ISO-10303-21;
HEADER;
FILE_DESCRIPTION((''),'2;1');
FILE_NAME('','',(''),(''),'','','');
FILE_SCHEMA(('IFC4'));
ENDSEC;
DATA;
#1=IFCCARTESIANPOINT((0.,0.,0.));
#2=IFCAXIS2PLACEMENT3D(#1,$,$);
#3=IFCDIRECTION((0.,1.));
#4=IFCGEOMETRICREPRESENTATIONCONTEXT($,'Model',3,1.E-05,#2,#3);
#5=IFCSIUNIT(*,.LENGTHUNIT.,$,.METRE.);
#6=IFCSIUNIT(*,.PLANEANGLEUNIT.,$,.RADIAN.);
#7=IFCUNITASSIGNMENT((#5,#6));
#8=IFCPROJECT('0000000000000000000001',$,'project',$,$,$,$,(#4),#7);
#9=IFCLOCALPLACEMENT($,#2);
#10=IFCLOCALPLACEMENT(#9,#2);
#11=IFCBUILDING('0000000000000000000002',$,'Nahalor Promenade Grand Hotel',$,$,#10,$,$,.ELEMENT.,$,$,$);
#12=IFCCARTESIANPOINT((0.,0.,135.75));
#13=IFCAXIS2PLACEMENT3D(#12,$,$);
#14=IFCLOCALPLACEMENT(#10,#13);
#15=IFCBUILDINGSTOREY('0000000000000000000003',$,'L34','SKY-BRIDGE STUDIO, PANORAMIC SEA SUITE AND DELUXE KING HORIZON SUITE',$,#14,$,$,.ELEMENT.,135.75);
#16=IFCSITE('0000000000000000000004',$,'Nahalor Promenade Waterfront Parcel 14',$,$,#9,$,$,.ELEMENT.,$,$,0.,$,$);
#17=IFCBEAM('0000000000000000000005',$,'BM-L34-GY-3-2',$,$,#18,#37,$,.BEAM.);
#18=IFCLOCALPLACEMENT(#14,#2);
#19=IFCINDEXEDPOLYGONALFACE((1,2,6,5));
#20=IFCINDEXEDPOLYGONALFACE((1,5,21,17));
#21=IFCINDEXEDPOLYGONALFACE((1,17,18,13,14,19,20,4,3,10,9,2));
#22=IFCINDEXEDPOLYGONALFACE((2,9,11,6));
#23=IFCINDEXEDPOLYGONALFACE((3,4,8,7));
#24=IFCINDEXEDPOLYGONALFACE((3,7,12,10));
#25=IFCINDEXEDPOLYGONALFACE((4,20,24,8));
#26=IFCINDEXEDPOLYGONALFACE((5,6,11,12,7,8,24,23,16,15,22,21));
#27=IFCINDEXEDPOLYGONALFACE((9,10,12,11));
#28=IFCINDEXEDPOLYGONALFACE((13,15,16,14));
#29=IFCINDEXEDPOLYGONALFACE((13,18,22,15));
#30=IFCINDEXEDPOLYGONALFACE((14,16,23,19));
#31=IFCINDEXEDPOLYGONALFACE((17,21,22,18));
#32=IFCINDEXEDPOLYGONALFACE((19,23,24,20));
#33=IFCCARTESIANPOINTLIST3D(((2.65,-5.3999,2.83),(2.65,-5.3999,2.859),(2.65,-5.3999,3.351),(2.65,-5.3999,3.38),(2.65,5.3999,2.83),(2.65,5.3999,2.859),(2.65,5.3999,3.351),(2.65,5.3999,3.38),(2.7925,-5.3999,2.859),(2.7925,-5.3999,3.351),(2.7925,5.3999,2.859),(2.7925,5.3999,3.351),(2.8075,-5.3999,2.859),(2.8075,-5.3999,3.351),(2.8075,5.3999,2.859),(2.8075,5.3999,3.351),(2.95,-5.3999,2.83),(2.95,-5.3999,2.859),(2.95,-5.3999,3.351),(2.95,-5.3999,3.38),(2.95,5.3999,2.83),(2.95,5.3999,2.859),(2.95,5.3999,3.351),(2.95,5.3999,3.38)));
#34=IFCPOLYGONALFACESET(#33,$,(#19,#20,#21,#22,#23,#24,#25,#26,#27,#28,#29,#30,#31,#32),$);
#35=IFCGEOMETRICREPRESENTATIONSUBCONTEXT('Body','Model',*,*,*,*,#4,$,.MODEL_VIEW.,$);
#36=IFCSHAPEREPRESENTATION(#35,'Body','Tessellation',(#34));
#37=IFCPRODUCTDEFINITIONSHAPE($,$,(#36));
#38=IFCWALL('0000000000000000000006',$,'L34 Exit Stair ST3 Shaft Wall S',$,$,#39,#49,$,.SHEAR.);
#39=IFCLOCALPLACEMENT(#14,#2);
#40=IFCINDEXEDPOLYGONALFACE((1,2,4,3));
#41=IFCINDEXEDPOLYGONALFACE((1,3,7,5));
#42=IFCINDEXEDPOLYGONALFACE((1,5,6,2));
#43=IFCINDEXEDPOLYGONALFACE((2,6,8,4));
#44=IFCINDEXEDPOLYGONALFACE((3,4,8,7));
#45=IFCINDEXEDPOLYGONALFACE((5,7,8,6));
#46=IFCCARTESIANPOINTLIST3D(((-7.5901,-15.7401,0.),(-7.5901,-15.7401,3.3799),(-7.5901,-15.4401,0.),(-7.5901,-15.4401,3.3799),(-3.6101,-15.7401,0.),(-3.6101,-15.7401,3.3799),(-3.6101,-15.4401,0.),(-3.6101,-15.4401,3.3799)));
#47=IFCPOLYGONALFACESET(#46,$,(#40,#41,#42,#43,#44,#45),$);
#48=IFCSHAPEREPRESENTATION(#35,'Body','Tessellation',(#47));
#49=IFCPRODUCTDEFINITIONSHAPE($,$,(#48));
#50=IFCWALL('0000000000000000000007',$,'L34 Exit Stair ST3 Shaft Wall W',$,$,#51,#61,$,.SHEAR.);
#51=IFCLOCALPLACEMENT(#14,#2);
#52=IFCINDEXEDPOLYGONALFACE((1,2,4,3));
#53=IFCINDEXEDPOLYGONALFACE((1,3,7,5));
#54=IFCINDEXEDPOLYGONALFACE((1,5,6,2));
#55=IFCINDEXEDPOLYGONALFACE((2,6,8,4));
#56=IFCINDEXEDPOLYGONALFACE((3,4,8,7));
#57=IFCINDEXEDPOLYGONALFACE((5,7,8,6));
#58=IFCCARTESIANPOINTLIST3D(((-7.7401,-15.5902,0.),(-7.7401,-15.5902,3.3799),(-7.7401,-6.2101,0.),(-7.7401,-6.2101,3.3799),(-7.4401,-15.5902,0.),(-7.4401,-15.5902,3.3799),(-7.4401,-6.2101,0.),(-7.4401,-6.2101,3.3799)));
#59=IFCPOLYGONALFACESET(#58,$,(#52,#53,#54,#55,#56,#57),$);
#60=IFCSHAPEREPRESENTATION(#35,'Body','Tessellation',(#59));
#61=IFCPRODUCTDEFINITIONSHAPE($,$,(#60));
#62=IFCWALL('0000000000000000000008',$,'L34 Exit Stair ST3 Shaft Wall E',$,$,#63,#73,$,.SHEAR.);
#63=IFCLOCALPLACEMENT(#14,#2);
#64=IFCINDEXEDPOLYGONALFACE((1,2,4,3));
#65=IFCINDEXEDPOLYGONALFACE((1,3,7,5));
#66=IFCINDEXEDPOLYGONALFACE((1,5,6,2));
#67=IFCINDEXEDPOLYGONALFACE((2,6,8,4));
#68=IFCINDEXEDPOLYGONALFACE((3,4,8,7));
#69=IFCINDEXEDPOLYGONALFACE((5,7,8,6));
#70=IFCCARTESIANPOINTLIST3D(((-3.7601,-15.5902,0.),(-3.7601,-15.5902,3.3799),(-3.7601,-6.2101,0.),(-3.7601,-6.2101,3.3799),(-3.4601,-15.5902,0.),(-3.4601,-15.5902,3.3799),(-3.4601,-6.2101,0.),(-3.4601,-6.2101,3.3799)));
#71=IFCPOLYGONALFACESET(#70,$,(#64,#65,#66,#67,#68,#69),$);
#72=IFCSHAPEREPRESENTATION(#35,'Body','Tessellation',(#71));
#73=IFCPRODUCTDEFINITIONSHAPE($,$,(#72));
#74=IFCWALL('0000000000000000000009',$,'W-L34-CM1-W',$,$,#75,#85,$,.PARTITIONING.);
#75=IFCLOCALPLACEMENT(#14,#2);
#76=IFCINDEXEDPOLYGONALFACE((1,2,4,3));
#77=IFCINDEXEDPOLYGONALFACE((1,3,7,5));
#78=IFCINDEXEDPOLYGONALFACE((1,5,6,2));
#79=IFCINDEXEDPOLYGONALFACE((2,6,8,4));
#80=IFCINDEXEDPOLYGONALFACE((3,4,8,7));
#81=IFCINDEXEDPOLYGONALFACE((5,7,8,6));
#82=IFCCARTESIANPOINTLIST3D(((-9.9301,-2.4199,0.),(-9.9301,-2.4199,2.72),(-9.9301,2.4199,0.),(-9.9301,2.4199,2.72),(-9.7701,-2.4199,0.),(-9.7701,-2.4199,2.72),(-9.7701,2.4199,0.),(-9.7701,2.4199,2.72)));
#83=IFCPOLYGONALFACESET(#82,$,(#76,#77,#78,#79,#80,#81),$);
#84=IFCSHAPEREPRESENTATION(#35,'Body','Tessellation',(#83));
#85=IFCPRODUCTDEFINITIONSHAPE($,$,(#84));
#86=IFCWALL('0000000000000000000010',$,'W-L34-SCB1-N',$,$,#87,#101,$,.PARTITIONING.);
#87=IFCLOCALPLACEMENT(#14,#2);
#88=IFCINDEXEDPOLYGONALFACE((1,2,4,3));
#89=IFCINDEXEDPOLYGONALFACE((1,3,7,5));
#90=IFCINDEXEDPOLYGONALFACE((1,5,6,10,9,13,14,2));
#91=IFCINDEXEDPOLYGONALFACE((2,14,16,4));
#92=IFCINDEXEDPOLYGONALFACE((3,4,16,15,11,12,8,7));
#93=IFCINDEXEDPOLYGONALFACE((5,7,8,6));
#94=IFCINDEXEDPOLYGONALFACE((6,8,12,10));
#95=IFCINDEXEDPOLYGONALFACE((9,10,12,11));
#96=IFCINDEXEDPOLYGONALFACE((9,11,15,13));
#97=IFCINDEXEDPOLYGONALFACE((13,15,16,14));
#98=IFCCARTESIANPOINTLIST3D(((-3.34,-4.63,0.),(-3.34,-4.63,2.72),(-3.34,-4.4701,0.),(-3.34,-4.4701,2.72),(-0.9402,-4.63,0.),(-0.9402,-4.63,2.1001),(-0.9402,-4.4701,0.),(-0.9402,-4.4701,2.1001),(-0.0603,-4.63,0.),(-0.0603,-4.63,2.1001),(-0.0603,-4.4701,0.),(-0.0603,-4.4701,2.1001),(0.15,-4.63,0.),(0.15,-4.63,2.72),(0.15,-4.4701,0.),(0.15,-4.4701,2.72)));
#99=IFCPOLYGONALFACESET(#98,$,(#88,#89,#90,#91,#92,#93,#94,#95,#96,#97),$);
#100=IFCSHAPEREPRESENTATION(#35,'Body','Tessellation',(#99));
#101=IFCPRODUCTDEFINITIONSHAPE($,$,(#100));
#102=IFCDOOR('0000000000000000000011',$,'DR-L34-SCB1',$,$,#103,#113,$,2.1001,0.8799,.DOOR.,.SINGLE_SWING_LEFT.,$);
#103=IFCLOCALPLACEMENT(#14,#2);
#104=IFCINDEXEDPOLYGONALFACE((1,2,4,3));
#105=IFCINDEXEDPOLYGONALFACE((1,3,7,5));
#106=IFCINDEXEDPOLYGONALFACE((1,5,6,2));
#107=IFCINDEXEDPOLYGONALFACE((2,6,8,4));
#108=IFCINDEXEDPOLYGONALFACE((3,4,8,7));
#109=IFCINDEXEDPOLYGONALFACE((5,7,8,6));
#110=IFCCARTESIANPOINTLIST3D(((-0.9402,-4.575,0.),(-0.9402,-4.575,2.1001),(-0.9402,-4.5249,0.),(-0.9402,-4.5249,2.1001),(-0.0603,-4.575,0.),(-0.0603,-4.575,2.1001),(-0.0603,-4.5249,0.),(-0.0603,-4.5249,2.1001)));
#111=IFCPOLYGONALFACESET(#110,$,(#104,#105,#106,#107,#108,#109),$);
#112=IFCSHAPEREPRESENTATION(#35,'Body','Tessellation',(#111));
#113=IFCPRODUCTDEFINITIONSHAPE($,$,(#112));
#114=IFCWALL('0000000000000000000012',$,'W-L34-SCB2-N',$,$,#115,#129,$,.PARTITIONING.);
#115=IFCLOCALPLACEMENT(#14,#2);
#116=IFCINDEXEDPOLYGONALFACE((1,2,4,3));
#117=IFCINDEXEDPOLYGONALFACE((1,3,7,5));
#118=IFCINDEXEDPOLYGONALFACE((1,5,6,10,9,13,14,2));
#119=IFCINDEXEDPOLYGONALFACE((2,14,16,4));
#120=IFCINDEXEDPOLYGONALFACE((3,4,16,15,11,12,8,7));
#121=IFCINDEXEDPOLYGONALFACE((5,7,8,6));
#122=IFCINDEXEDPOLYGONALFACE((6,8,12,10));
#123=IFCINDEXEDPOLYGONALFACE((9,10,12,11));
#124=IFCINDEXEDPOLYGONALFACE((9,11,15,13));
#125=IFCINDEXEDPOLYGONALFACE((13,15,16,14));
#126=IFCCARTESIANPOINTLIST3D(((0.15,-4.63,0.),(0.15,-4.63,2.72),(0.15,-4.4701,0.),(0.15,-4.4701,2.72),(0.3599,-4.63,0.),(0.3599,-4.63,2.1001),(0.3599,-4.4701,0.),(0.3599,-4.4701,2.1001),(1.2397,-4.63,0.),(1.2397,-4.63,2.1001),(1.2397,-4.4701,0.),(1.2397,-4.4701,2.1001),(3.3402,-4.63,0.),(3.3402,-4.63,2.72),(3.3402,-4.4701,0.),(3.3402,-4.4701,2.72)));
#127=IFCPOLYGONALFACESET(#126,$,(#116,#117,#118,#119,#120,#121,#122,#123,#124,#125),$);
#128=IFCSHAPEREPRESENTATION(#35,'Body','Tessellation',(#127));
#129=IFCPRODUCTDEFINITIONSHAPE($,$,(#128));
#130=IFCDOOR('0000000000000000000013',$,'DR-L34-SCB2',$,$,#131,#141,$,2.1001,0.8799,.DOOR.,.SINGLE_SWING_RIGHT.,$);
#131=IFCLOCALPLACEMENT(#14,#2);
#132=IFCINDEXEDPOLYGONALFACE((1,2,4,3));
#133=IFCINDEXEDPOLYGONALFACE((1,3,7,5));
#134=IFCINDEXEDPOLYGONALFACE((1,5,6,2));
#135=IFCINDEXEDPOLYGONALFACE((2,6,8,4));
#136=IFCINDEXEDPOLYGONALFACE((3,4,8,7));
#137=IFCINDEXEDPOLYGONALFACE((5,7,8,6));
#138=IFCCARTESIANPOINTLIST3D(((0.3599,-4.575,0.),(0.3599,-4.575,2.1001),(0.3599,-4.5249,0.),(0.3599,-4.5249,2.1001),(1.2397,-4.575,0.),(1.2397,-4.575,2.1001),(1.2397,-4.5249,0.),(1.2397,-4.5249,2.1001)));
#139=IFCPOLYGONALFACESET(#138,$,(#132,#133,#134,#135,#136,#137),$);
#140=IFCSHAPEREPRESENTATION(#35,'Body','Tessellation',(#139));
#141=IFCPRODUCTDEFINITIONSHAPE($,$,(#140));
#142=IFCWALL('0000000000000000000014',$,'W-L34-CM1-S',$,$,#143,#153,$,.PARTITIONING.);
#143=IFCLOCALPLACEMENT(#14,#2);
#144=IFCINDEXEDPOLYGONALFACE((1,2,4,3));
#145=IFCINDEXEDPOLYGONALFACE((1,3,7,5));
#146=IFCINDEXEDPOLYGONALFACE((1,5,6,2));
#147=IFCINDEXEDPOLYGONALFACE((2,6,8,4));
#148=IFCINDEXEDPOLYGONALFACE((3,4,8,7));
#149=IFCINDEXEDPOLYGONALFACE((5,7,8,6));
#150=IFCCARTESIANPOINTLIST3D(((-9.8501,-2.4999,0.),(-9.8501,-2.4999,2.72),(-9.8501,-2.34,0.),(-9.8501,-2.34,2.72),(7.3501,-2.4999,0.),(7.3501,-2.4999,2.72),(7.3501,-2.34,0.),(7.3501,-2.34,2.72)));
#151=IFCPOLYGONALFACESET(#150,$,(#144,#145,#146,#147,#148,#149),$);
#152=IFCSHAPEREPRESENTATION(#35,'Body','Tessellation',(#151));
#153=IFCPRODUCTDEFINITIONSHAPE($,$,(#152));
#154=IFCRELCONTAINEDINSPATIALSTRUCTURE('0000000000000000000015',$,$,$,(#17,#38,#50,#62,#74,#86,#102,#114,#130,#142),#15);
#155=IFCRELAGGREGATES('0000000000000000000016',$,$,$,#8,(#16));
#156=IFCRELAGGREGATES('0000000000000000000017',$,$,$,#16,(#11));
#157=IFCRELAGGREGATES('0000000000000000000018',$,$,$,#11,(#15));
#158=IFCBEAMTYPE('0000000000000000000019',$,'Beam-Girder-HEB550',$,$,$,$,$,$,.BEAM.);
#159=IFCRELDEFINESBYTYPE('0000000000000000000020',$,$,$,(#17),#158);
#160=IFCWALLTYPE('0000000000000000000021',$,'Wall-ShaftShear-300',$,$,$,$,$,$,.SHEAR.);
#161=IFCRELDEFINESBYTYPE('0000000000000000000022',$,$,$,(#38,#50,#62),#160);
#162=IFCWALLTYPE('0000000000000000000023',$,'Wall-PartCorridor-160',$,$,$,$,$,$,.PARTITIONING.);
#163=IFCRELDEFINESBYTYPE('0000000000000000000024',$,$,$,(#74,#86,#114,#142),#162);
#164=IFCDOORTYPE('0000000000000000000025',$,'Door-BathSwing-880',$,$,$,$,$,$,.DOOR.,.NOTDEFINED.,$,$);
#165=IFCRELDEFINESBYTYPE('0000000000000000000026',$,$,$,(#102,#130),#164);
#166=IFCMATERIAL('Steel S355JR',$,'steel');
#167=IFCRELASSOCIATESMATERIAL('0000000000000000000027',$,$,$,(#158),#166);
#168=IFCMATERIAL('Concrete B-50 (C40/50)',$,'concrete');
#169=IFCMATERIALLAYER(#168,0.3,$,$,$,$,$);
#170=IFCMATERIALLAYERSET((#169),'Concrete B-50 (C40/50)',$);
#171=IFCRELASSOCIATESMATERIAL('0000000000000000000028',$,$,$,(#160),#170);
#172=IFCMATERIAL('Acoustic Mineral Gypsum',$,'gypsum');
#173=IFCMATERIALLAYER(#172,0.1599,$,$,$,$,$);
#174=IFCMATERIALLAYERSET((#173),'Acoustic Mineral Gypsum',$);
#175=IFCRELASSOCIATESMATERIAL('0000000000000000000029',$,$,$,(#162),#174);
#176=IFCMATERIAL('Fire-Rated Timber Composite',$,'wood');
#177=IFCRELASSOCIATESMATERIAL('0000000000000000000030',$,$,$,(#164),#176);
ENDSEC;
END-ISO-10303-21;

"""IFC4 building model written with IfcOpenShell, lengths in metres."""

from ifc_helpers import new_model, si_unit, direction, frame, frame_2d, origin, origin_2d, place, context, subcontext, project, spatial, rectangle, i_section, extrude, source, transform, mapped, material, layer, layer_set, material_profile, profile_set, type_object, element, fill, save


model = new_model("IFC4")

# Units and contexts
model_context = context("Model", 3, precision=1e-05, world=origin(), true_north=direction((0.0, 1.0)))
body_context = subcontext(model_context, "Body", "Model", "MODEL_VIEW")
ifc_project = project(units=[si_unit("LENGTHUNIT", "METRE"), si_unit("PLANEANGLEUNIT", "RADIAN")], contexts=[model_context])

# Site, building, storey
site_placement = place(None, origin())
site = spatial("IfcSite", under=ifc_project, at=site_placement, Name="Nahalor Promenade Waterfront Parcel 14", CompositionType="ELEMENT", RefElevation=0.0)
building_placement = place(site_placement, origin())
building = spatial("IfcBuilding", under=site, at=building_placement, Name="Nahalor Promenade Grand Hotel", CompositionType="ELEMENT")
storey_placement = place(building_placement, frame((0.0, 0.0, 135.75)))
storey = spatial("IfcBuildingStorey", under=building, at=storey_placement, Name="L34", Description="SKY-BRIDGE STUDIO, PANORAMIC SEA SUITE AND DELUXE KING HORIZON SUITE", CompositionType="ELEMENT", Elevation=135.75)

# Beam
ifc_material_1 = material(Name="Steel S355JR", Category="steel")
ifc_material_profile_1 = material_profile(ifc_material_1, i_section(OverallWidth=0.3, OverallDepth=0.55, WebThickness=0.015, FlangeThickness=0.029, at=origin_2d()), Name="HEB 550")
ifc_profile_set_1 = profile_set([ifc_material_profile_1], Name="Steel S355JR")
beam_type = type_object("IfcBeamType", Name="Beam-Girder-HEB550", PredefinedType="BEAM", material=ifc_profile_set_1)
shared_shape_1 = source(origin(), body_context, "Body", "SweptSolid", [
    extrude(i_section(OverallWidth=0.3, OverallDepth=0.55, WebThickness=0.015, FlangeThickness=0.029, at=origin_2d()), origin(), (0.0, 0.0, 1.0), 10.7998),
])
for number, where, z_axis, x_axis, name in (
    (1, (2.8, -5.3999, 3.105), (0.0, 1.0, 0.0), (-1.0, 0.0, 0.0), "BM-L34-GY-3-2"),
):
    element("IfcBeam", number, at=place(storey_placement, frame(where, z_axis=z_axis, x_axis=x_axis)), inside=storey, type_object=beam_type, Name=name, PredefinedType="BEAM", context=body_context, shape_type="MappedRepresentation", body=[
        mapped(shared_shape_1, transform((0.0, 0.0, 0.0), scale=1.0)),
    ])

# Wall
ifc_material_2 = material(Name="Concrete B-50 (C40/50)", Category="concrete")
ifc_layer_1 = layer(ifc_material_2, 0.3)
ifc_layer_set_1 = layer_set([ifc_layer_1], Name="Concrete B-50 (C40/50)")
wall_type_1 = type_object("IfcWallType", Name="Wall-ShaftShear-300", PredefinedType="SHEAR", material=ifc_layer_set_1)
shared_shape_2 = source(origin(), body_context, "Body", "SweptSolid", [
    extrude(rectangle(XDim=3.98, YDim=0.3, at=frame_2d((1.99, 0.0))), origin(), (0.0, 0.0, 1.0), 3.3799),
])
wall_1_placement = place(storey_placement, frame((-7.5901, -15.5901, 0.0), z_axis=(0.0, 0.0, 1.0), x_axis=(1.0, 0.0, 0.0)))
element("IfcWall", 2, at=wall_1_placement, inside=storey, type_object=wall_type_1, Name="L34 Exit Stair ST3 Shaft Wall S", PredefinedType="SHEAR", context=body_context, shape_type="MappedRepresentation", body=[
    mapped(shared_shape_2, transform((0.0, 0.0, 0.0), scale=1.0)),
])

# Walls
shared_shape_3 = source(origin(), body_context, "Body", "SweptSolid", [
    extrude(rectangle(XDim=9.3801, YDim=0.3, at=frame_2d((4.6899, 0.0))), origin(), (0.0, 0.0, 1.0), 3.3799),
])
for number, where, z_axis, x_axis, name in (
    (3, (-7.5901, -15.5901, 0.0), (0.0, 0.0, 1.0), (0.0, 1.0, 0.0), "L34 Exit Stair ST3 Shaft Wall W"),
    (4, (-3.6101, -15.5901, 0.0), (0.0, 0.0, 1.0), (0.0, 1.0, 0.0), "L34 Exit Stair ST3 Shaft Wall E"),
):
    element("IfcWall", number, at=place(storey_placement, frame(where, z_axis=z_axis, x_axis=x_axis)), inside=storey, type_object=wall_type_1, Name=name, PredefinedType="SHEAR", context=body_context, shape_type="MappedRepresentation", body=[
        mapped(shared_shape_3, transform((0.0, 0.0, 0.0), scale=1.0)),
    ])
ifc_material_3 = material(Name="Acoustic Mineral Gypsum", Category="gypsum")
ifc_layer_2 = layer(ifc_material_3, 0.1599)
ifc_layer_set_2 = layer_set([ifc_layer_2], Name="Acoustic Mineral Gypsum")
wall_type_2 = type_object("IfcWallType", Name="Wall-PartCorridor-160", PredefinedType="PARTITIONING", material=ifc_layer_set_2)
shared_shape_4 = source(origin(), body_context, "Body", "SweptSolid", [
    extrude(rectangle(XDim=4.8398, YDim=0.1599, at=frame_2d((2.4199, 0.0))), origin(), (0.0, 0.0, 1.0), 2.72),
])
wall_2_placement = place(storey_placement, frame((-9.8501, -2.4199, 0.0), z_axis=(0.0, 0.0, 1.0), x_axis=(0.0, 1.0, 0.0)))
element("IfcWall", 5, at=wall_2_placement, inside=storey, type_object=wall_type_2, Name="W-L34-CM1-W", PredefinedType="PARTITIONING", context=body_context, shape_type="MappedRepresentation", body=[
    mapped(shared_shape_4, transform((0.0, 0.0, 0.0), scale=1.0)),
])

# Walls, openings, doors
shared_shape_5 = source(origin(), body_context, "Body", "SweptSolid", [
    extrude(rectangle(XDim=3.49, YDim=0.1599, at=frame_2d((1.7451, 0.0))), origin(), (0.0, 0.0, 1.0), 2.72),
])
wall_3_placement = place(storey_placement, frame((-3.3401, -4.55, 0.0), z_axis=(0.0, 0.0, 1.0), x_axis=(1.0, 0.0, 0.0)))
wall_3 = element("IfcWall", 6, at=wall_3_placement, inside=storey, type_object=wall_type_2, Name="W-L34-SCB1-N", PredefinedType="PARTITIONING", context=body_context, shape_type="MappedRepresentation", body=[
    mapped(shared_shape_5, transform((0.0, 0.0, 0.0), scale=1.0)),
])
opening_1_placement = place(wall_3_placement, frame((2.3999, 0.0, 0.0)))
opening_1 = element("IfcOpeningElement", 7, at=opening_1_placement, cuts=wall_3, PredefinedType="OPENING", context=body_context, shape_type="SweptSolid", body=[
    extrude(rectangle(XDim=0.8799, YDim=2.1001, at=frame_2d((0.4399, 1.05))), frame((0.0, 0.0898, 0.0), z_axis=(0.0, -1.0, 0.0), x_axis=(1.0, 0.0, 0.0)), (0.0, 0.0, 1.0), 0.1799),
])
ifc_material_4 = material(Name="Fire-Rated Timber Composite", Category="wood")
door_type_1 = type_object("IfcDoorType", Name="Door-BathSwing-880", OperationType="NOTDEFINED", PredefinedType="DOOR", material=ifc_material_4)
shared_shape_6 = source(origin(), body_context, "Body", "SweptSolid", [
    extrude(rectangle(XDim=0.8799, YDim=2.1001, at=frame_2d((0.4399, 1.05))), frame((0.0, 0.0249, 0.0), z_axis=(0.0, -1.0, 0.0), x_axis=(1.0, 0.0, 0.0)), (0.0, 0.0, 1.0), 0.05),
])
door_1_placement = place(opening_1_placement, frame((0.8799, 0.0, 0.0), z_axis=(0.0, 0.0, 1.0), x_axis=(-1.0, 0.0, 0.0)))
door_1 = element("IfcDoor", 8, at=door_1_placement, inside=storey, type_object=door_type_1, Name="DR-L34-SCB1", OperationType="SINGLE_SWING_LEFT", OverallHeight=2.1001, OverallWidth=0.8799, PredefinedType="DOOR", context=body_context, shape_type="MappedRepresentation", body=[
    mapped(shared_shape_6, transform((0.0, 0.0, 0.0), scale=1.0)),
])
fill(opening_1, door_1)
shared_shape_7 = source(origin(), body_context, "Body", "SweptSolid", [
    extrude(rectangle(XDim=3.1902, YDim=0.1599, at=frame_2d((1.5952, 0.0))), origin(), (0.0, 0.0, 1.0), 2.72),
])
wall_4_placement = place(storey_placement, frame((0.1499, -4.55, 0.0), z_axis=(0.0, 0.0, 1.0), x_axis=(1.0, 0.0, 0.0)))
wall_4 = element("IfcWall", 9, at=wall_4_placement, inside=storey, type_object=wall_type_2, Name="W-L34-SCB2-N", PredefinedType="PARTITIONING", context=body_context, shape_type="MappedRepresentation", body=[
    mapped(shared_shape_7, transform((0.0, 0.0, 0.0), scale=1.0)),
])
opening_2_placement = place(wall_4_placement, frame((0.21, 0.0, 0.0)))
opening_2 = element("IfcOpeningElement", 10, at=opening_2_placement, cuts=wall_4, PredefinedType="OPENING", context=body_context, shape_type="SweptSolid", body=[
    extrude(rectangle(XDim=0.8799, YDim=2.1001, at=frame_2d((0.4399, 1.05))), frame((0.0, 0.0898, 0.0), z_axis=(0.0, -1.0, 0.0), x_axis=(1.0, 0.0, 0.0)), (0.0, 0.0, 1.0), 0.1799),
])
door_2_placement = place(opening_2_placement, frame((0.8799, 0.0, 0.0), z_axis=(0.0, 0.0, 1.0), x_axis=(-1.0, 0.0, 0.0)))
door_2 = element("IfcDoor", 11, at=door_2_placement, inside=storey, type_object=door_type_1, Name="DR-L34-SCB2", OperationType="SINGLE_SWING_RIGHT", OverallHeight=2.1001, OverallWidth=0.8799, PredefinedType="DOOR", context=body_context, shape_type="MappedRepresentation", body=[
    mapped(shared_shape_6, transform((0.0, 0.0, 0.0), scale=1.0)),
])
fill(opening_2, door_2)

# Wall
shared_shape_8 = source(origin(), body_context, "Body", "SweptSolid", [
    extrude(rectangle(XDim=17.2002, YDim=0.1599, at=frame_2d((8.6001, 0.0))), origin(), (0.0, 0.0, 1.0), 2.72),
])
wall_5_placement = place(storey_placement, frame((-9.8501, -2.4199, 0.0), z_axis=(0.0, 0.0, 1.0), x_axis=(1.0, 0.0, 0.0)))
element("IfcWall", 12, at=wall_5_placement, inside=storey, type_object=wall_type_2, Name="W-L34-CM1-S", PredefinedType="PARTITIONING", context=body_context, shape_type="MappedRepresentation", body=[
    mapped(shared_shape_8, transform((0.0, 0.0, 0.0), scale=1.0)),
])

save(model, "model.ifc")
